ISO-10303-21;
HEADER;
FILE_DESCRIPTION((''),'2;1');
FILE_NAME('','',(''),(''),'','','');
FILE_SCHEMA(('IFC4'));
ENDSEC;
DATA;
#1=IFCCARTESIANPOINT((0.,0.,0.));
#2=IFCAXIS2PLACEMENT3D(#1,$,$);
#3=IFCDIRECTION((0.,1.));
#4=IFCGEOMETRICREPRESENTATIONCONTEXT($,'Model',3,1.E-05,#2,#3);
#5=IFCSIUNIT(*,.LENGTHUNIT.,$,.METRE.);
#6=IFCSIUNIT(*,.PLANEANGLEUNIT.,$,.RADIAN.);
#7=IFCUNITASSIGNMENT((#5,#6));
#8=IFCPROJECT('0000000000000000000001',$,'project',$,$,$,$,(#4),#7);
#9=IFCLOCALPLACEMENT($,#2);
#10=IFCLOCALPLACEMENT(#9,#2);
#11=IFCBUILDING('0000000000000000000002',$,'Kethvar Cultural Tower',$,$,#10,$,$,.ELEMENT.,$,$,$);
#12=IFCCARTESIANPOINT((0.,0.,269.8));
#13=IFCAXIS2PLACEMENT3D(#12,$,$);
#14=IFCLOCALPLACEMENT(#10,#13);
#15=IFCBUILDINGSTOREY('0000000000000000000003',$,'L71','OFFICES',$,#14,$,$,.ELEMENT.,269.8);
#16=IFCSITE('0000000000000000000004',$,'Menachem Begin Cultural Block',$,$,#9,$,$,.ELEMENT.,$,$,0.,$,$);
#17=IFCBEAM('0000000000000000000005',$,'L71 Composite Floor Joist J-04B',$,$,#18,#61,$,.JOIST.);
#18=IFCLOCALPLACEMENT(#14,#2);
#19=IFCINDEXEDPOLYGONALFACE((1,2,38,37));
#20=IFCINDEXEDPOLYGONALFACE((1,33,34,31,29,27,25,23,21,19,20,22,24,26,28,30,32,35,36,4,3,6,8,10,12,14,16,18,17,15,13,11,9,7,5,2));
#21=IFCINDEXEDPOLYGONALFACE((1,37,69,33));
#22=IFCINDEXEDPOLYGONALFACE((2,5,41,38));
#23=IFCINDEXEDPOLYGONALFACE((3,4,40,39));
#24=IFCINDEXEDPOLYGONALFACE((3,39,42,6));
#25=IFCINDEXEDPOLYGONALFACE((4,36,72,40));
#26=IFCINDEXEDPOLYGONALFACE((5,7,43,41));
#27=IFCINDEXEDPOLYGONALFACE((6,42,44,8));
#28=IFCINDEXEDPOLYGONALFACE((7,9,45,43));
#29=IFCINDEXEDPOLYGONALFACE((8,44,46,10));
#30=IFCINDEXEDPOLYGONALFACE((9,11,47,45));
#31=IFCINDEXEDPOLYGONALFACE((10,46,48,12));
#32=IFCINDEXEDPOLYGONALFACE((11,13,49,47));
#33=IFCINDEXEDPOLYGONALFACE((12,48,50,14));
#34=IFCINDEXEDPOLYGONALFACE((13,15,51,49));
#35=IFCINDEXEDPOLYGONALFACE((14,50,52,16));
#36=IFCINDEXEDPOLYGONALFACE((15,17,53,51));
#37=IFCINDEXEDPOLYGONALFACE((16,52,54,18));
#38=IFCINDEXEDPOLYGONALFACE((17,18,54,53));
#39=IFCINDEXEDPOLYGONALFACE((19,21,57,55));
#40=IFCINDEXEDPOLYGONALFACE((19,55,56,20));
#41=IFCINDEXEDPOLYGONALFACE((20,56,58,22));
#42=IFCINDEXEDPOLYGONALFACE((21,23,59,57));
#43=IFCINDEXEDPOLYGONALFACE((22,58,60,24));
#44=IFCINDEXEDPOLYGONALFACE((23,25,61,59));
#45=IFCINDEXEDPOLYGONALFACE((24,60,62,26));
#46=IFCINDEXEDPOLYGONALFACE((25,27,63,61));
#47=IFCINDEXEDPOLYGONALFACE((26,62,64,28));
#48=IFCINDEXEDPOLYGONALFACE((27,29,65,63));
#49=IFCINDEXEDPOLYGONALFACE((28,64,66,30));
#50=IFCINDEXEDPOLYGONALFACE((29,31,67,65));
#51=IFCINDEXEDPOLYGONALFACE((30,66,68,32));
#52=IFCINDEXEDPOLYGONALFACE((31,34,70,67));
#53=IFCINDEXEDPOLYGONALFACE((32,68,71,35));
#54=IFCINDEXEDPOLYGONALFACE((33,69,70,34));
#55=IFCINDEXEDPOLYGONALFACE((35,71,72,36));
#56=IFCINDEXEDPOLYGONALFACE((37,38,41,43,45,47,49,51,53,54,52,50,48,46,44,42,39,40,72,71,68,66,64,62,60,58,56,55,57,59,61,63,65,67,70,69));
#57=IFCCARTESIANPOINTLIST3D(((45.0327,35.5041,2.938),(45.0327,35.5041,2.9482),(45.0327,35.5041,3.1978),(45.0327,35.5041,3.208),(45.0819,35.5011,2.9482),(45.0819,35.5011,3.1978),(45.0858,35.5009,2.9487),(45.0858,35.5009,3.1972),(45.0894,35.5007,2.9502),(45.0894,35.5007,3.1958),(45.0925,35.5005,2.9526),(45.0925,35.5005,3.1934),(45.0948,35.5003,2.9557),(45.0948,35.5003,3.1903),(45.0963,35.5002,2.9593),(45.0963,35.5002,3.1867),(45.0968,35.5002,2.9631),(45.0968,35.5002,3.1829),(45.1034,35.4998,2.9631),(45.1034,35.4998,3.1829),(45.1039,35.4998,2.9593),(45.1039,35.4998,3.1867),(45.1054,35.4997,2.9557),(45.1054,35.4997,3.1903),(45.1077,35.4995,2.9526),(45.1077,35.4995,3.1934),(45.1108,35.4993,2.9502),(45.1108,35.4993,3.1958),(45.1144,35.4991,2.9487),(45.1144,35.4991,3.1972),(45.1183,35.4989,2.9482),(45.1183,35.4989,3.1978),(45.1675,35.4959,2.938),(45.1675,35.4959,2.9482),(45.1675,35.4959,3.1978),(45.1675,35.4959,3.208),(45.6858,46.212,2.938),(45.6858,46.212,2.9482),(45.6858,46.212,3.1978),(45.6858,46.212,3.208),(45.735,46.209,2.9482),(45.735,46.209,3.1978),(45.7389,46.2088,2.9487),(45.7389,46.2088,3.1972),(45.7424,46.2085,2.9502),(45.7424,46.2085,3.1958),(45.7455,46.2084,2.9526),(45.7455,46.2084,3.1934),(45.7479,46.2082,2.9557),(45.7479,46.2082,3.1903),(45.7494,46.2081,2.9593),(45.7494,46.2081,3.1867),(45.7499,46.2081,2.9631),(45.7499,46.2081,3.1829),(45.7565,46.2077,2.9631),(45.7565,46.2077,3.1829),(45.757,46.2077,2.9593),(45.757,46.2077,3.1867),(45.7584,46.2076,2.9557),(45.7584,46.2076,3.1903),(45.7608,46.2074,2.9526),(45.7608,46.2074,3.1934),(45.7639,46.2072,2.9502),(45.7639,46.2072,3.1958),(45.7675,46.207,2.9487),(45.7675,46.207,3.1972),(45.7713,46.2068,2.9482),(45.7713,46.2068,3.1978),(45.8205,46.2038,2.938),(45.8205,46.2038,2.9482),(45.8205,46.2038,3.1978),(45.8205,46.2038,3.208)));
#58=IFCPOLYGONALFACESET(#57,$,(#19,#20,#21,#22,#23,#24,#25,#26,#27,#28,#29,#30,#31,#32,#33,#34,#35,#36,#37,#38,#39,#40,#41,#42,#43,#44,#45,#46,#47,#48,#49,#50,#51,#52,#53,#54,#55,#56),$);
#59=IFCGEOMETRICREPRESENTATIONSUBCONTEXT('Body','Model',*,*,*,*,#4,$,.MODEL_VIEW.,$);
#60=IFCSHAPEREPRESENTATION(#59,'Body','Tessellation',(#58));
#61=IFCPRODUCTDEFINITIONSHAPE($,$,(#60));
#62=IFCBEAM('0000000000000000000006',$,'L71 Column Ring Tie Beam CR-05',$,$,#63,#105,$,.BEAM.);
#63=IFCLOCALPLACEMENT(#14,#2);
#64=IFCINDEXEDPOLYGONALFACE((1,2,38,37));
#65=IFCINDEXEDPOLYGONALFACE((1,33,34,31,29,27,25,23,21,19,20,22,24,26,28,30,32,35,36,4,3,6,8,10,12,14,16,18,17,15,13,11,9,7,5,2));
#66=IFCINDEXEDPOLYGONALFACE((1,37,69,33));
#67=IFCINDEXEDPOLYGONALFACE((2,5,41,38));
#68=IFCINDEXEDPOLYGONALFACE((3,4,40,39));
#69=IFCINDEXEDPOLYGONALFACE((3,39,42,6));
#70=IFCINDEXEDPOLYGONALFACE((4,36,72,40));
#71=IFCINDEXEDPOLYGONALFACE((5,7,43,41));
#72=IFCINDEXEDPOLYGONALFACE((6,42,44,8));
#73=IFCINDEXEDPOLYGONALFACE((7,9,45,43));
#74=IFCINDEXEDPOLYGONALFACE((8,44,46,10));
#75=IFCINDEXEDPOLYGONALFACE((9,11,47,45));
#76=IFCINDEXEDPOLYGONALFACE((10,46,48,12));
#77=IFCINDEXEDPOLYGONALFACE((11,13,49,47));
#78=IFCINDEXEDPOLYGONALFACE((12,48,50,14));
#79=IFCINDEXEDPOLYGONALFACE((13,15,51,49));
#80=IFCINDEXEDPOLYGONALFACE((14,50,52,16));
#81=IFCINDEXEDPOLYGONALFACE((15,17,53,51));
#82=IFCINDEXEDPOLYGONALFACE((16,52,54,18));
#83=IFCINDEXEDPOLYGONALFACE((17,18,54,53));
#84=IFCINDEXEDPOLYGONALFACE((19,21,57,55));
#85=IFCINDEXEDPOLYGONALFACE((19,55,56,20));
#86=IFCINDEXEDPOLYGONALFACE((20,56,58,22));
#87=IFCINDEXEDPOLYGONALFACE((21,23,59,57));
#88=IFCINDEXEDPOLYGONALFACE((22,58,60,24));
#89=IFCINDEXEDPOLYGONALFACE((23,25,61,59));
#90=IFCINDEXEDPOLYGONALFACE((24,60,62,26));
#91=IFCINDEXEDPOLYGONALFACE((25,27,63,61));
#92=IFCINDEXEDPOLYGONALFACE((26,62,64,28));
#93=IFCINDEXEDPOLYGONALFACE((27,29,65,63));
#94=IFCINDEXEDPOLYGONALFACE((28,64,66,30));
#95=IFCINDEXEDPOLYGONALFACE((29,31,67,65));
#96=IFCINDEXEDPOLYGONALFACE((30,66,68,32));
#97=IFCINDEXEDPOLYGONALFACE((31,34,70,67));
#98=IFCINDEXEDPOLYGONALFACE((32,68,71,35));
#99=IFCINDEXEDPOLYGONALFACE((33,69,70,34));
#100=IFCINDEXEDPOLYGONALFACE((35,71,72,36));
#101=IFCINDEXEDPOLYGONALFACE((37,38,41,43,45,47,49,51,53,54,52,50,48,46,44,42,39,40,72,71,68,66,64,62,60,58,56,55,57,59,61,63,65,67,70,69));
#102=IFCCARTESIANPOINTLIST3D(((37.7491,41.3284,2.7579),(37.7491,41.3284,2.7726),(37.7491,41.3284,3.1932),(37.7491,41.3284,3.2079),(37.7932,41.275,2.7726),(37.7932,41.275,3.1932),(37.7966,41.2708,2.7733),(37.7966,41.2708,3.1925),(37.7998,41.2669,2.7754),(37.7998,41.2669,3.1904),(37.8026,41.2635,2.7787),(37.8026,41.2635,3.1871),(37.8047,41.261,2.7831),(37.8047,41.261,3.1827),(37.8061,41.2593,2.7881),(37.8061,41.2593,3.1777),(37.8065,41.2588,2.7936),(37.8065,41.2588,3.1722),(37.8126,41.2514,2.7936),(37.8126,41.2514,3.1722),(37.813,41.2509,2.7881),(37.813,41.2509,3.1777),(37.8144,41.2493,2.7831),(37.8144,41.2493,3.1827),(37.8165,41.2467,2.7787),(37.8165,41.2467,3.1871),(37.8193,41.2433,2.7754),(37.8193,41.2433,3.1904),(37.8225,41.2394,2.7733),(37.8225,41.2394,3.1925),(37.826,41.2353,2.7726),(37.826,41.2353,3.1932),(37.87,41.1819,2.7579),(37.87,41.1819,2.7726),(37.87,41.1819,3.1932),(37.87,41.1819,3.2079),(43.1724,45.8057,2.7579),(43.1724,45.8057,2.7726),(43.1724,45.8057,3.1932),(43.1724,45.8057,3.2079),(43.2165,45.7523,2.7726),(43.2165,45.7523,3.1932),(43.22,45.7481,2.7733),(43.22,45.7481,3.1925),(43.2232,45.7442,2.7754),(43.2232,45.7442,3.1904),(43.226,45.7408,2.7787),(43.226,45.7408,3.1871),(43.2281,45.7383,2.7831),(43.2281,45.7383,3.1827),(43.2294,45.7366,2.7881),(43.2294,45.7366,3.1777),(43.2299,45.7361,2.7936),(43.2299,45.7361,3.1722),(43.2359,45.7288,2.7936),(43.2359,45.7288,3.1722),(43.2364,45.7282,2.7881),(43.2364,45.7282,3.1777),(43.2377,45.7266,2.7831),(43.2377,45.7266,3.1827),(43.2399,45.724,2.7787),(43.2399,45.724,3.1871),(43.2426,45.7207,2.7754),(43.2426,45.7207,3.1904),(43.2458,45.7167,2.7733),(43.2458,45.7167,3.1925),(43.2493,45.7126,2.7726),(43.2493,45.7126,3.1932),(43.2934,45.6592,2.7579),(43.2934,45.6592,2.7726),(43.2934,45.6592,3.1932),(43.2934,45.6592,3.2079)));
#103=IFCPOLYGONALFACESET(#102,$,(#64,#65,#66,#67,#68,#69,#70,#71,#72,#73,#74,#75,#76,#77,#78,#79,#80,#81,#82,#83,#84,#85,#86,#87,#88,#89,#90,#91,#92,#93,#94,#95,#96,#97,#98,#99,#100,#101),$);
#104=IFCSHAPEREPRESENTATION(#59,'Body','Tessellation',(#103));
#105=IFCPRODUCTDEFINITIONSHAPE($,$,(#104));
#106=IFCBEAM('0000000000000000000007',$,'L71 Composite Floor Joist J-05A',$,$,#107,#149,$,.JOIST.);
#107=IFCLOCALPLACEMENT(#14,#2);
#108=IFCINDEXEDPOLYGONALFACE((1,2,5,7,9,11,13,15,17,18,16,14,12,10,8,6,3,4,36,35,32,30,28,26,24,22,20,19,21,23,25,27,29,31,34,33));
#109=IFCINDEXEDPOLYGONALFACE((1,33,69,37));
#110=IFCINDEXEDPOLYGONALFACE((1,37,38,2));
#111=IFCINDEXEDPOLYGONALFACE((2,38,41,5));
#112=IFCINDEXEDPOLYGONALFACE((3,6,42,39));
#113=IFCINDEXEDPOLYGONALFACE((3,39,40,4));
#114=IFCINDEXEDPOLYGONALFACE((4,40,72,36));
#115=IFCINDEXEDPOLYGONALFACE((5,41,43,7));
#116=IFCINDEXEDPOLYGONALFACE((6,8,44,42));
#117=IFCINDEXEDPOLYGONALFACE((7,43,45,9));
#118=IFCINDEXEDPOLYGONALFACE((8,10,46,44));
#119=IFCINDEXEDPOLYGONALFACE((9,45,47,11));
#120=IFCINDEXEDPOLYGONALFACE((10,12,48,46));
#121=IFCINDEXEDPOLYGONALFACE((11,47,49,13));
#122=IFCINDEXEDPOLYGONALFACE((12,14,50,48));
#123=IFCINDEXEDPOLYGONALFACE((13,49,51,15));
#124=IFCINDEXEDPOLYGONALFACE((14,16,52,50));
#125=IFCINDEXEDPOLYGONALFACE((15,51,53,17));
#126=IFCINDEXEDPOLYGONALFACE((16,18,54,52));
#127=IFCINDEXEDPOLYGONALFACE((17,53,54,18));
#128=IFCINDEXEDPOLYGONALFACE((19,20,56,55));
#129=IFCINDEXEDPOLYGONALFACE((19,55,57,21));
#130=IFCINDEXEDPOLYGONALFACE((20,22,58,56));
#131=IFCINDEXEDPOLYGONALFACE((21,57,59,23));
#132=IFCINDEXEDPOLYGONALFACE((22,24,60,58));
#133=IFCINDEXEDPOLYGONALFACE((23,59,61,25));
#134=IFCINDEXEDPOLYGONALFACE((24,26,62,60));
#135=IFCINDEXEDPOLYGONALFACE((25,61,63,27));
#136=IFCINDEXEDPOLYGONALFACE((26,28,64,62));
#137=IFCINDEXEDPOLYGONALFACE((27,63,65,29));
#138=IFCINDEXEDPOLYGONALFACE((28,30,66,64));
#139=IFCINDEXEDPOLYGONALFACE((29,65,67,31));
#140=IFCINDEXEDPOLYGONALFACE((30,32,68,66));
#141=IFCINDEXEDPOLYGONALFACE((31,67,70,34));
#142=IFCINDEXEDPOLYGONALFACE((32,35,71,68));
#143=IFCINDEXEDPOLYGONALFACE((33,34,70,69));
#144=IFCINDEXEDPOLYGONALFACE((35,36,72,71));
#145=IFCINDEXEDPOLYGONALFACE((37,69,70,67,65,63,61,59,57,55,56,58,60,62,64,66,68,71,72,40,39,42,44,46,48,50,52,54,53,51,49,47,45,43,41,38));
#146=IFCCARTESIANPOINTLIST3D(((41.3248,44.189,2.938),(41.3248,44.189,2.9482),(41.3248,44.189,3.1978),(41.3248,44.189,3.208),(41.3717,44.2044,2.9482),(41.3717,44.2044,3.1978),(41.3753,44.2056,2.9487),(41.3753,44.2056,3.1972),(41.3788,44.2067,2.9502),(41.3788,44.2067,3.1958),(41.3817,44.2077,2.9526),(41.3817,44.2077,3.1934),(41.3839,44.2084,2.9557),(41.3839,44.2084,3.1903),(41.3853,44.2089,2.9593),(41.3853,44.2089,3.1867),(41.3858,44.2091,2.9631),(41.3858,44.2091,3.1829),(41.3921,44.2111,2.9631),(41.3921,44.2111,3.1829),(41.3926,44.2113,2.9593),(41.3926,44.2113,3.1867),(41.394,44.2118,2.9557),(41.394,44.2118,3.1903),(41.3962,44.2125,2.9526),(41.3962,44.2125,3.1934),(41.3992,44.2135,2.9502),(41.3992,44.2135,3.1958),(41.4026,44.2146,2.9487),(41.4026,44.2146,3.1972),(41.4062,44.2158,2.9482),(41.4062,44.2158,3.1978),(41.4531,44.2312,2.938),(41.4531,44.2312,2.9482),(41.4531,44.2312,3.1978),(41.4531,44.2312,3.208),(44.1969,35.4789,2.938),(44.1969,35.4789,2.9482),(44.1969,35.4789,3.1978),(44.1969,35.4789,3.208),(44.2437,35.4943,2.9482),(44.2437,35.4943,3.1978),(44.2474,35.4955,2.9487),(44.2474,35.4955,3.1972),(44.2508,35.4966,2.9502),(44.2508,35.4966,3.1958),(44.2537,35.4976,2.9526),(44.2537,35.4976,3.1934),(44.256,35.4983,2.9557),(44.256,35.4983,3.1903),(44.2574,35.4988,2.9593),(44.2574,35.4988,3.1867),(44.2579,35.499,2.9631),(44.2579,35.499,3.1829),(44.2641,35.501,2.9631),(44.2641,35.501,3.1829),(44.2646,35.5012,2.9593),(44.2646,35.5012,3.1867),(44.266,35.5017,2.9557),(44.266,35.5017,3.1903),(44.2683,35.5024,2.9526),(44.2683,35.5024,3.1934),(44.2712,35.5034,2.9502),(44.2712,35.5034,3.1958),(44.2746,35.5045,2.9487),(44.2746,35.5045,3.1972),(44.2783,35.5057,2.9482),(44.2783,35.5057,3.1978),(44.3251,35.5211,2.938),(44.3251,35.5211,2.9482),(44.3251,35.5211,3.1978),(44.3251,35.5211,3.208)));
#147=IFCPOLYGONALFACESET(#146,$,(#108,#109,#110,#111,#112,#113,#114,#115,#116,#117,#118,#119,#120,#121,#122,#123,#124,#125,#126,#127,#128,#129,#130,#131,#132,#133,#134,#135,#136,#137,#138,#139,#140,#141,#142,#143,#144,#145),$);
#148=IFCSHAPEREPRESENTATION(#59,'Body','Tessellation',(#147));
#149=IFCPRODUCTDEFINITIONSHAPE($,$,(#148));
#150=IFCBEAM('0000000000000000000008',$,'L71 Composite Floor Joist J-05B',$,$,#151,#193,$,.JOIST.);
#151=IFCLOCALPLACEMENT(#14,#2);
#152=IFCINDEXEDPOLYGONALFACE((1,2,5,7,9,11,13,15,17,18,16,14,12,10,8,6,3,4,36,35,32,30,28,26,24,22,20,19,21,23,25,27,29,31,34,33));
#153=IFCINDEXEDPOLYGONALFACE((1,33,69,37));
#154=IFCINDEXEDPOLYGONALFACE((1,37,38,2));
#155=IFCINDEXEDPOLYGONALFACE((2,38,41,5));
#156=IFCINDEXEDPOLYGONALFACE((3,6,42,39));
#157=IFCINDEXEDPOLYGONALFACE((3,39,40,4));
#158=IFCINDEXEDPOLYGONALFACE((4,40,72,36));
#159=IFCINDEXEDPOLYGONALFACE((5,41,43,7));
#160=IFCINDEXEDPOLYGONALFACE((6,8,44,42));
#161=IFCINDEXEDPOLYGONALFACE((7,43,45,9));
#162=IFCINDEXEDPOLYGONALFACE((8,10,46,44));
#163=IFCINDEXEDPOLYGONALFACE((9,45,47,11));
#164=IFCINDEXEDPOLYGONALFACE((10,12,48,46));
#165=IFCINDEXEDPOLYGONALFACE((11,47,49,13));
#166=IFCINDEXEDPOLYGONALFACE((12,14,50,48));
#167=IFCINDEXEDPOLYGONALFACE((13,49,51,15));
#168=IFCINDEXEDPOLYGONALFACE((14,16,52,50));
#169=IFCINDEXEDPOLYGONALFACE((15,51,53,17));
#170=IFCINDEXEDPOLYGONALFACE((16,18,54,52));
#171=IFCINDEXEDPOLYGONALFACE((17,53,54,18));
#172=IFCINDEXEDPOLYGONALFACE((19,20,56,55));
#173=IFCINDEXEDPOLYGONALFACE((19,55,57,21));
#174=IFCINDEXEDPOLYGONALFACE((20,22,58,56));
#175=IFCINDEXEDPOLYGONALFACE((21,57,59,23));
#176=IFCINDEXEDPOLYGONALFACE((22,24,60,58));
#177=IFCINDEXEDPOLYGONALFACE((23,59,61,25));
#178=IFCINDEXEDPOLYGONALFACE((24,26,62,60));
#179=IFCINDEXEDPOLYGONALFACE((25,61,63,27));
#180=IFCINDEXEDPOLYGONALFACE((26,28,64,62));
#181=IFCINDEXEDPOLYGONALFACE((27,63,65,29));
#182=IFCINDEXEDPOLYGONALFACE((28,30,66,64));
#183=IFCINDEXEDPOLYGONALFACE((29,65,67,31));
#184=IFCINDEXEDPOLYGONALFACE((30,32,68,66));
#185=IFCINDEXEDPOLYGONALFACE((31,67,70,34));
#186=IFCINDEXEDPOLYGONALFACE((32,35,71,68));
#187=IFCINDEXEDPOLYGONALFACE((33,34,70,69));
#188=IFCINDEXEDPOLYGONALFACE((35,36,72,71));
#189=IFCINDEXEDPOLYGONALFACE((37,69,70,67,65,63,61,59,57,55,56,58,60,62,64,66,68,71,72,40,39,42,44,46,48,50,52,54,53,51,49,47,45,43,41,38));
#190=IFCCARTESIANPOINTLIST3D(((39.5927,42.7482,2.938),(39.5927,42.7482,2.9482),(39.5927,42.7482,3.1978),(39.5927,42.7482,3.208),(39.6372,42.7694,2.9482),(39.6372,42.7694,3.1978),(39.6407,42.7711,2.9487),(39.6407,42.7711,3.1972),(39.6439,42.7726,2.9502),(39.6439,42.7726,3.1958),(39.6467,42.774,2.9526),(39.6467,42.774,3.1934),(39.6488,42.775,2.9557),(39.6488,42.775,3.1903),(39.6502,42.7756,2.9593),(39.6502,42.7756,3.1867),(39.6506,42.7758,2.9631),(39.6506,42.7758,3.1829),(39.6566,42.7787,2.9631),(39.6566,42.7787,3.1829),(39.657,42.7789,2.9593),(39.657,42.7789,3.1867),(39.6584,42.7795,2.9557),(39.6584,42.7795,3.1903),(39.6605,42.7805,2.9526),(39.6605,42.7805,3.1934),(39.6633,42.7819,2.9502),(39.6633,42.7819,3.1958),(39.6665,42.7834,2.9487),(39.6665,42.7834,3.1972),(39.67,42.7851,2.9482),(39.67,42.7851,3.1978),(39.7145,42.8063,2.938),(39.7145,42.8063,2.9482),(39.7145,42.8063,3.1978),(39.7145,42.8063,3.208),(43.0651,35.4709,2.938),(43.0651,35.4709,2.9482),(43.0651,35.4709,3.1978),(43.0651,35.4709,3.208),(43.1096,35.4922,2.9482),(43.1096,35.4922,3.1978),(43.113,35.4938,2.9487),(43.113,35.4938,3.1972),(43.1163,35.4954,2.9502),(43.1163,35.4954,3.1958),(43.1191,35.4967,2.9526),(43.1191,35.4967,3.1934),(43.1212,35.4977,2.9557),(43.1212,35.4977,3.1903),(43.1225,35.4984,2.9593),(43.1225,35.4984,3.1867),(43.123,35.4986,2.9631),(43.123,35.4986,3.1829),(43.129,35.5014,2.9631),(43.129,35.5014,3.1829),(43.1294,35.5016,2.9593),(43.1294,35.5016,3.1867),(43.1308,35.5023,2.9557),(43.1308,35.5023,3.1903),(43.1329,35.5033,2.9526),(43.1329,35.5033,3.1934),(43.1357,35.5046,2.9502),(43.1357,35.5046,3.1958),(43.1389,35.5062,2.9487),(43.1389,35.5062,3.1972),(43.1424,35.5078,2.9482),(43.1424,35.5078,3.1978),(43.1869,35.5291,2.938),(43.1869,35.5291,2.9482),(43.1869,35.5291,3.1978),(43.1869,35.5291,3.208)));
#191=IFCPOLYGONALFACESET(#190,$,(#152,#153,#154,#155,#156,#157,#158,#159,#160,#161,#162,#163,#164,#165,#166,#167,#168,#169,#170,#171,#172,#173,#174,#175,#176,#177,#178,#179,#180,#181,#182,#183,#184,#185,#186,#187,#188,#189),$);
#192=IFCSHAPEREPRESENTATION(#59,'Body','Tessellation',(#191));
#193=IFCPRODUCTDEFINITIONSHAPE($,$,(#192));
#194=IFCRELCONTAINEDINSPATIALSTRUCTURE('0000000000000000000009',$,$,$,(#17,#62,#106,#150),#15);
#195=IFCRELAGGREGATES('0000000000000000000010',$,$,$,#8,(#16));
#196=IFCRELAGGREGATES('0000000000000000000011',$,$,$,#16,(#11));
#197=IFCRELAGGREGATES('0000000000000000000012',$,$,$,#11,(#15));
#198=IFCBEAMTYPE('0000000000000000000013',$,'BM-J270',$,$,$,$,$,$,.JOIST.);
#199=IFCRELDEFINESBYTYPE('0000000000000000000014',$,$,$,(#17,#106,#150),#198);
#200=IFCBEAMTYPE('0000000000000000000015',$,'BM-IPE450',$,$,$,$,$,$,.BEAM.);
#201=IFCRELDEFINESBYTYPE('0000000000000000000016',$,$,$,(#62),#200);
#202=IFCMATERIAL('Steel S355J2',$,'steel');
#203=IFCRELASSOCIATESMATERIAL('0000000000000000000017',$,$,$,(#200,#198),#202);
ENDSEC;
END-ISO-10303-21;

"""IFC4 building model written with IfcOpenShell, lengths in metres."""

from ifc_helpers import new_model, si_unit, direction, frame, origin, origin_2d, place, context, subcontext, project, spatial, i_section, extrude, source, transform, mapped, material, material_profile, profile_set, type_object, element, save


model = new_model("IFC4")

# Units and contexts
model_context = context("Model", 3, precision=1e-05, world=origin(), true_north=direction((0.0, 1.0)))
body_context = subcontext(model_context, "Body", "Model", "MODEL_VIEW")
ifc_project = project(units=[si_unit("LENGTHUNIT", "METRE"), si_unit("PLANEANGLEUNIT", "RADIAN")], contexts=[model_context])

# Site, building, storey
site_placement = place(None, origin())
site = spatial("IfcSite", under=ifc_project, at=site_placement, Name="Menachem Begin Cultural Block", CompositionType="ELEMENT", RefElevation=0.0)
building_placement = place(site_placement, origin())
building = spatial("IfcBuilding", under=site, at=building_placement, Name="Kethvar Cultural Tower", CompositionType="ELEMENT")
storey_placement = place(building_placement, frame((0.0, 0.0, 269.8)))
storey = spatial("IfcBuildingStorey", under=building, at=storey_placement, Name="L71", Description="OFFICES", CompositionType="ELEMENT", Elevation=269.8)

# Shared definitions
ifc_material_1 = material(Name="Steel S355J2", Category="steel")

# Beams
ifc_material_profile_1 = material_profile(ifc_material_1, i_section(OverallWidth=0.1899, OverallDepth=0.45, WebThickness=0.0095, FlangeThickness=0.0146, FilletRadius=0.021, at=origin_2d()), Name="Steel S355J2 — IPE450")
ifc_profile_set_1 = profile_set([ifc_material_profile_1], Name="Steel S355J2 — IPE450")
beam_type_1 = type_object("IfcBeamType", Name="BM-IPE450", PredefinedType="BEAM", material=ifc_profile_set_1)
ifc_material_profile_2 = material_profile(ifc_material_1, i_section(OverallWidth=0.135, OverallDepth=0.27, WebThickness=0.0066, FlangeThickness=0.0103, FilletRadius=0.0149, at=origin_2d()), Name="Steel S355J2 — IPE270")
ifc_profile_set_2 = profile_set([ifc_material_profile_2], Name="Steel S355J2 — IPE270")
beam_type_2 = type_object("IfcBeamType", Name="BM-J270", PredefinedType="JOIST", material=ifc_profile_set_2)
shared_shape_1 = source(origin(), body_context, "Body", "SweptSolid", [
    extrude(i_section(OverallWidth=0.135, OverallDepth=0.27, WebThickness=0.0066, FlangeThickness=0.0103, FilletRadius=0.0149, at=origin_2d()), origin(), (0.0, 0.0, 1.0), 10.7278),
])
beam_1_placement = place(storey_placement, frame((45.1001, 35.5, 3.073), z_axis=(0.060876, 0.998145, 0.0), x_axis=(-0.998145, 0.060876, 0.0)))
element("IfcBeam", 1, at=beam_1_placement, inside=storey, type_object=beam_type_2, Name="L71 Composite Floor Joist J-04B", PredefinedType="JOIST", context=body_context, shape_type="MappedRepresentation", body=[
    mapped(shared_shape_1, transform((0.0, 0.0, 0.0), scale=1.0)),
])
shared_shape_2 = source(origin(), body_context, "Body", "SweptSolid", [
    extrude(i_section(OverallWidth=0.1899, OverallDepth=0.45, WebThickness=0.0095, FlangeThickness=0.0146, FilletRadius=0.021, at=origin_2d()), origin(), (0.0, 0.0, 1.0), 7.0327),
])
beam_2_placement = place(storey_placement, frame((43.2329, 45.7324, 2.9829), z_axis=(-0.771161, -0.63664, 0.0), x_axis=(0.63664, -0.771161, 0.0)))
element("IfcBeam", 2, at=beam_2_placement, inside=storey, type_object=beam_type_1, Name="L71 Column Ring Tie Beam CR-05", PredefinedType="BEAM", context=body_context, shape_type="MappedRepresentation", body=[
    mapped(shared_shape_2, transform((0.0, 0.0, 0.0), scale=1.0)),
])
shared_shape_3 = source(origin(), body_context, "Body", "SweptSolid", [
    extrude(i_section(OverallWidth=0.135, OverallDepth=0.27, WebThickness=0.0066, FlangeThickness=0.0103, FilletRadius=0.0149, at=origin_2d()), origin(), (0.0, 0.0, 1.0), 9.1714),
])
beam_3_placement = place(storey_placement, frame((44.261, 35.5, 3.073), z_axis=(-0.313152, 0.949703, 0.0), x_axis=(-0.949703, -0.313152, 0.0)))
element("IfcBeam", 3, at=beam_3_placement, inside=storey, type_object=beam_type_2, Name="L71 Composite Floor Joist J-05A", PredefinedType="JOIST", context=body_context, shape_type="MappedRepresentation", body=[
    mapped(shared_shape_3, transform((0.0, 0.0, 0.0), scale=1.0)),
])
shared_shape_4 = source(origin(), body_context, "Body", "SweptSolid", [
    extrude(i_section(OverallWidth=0.135, OverallDepth=0.27, WebThickness=0.0066, FlangeThickness=0.0103, FilletRadius=0.0149, at=origin_2d()), origin(), (0.0, 0.0, 1.0), 8.0632),
])
beam_4_placement = place(storey_placement, frame((43.126, 35.5, 3.073), z_axis=(-0.430642, 0.902523, 0.0), x_axis=(-0.902523, -0.430642, 0.0)))
element("IfcBeam", 4, at=beam_4_placement, inside=storey, type_object=beam_type_2, Name="L71 Composite Floor Joist J-05B", PredefinedType="JOIST", context=body_context, shape_type="MappedRepresentation", body=[
    mapped(shared_shape_4, transform((0.0, 0.0, 0.0), scale=1.0)),
])

save(model, "model.ifc")
